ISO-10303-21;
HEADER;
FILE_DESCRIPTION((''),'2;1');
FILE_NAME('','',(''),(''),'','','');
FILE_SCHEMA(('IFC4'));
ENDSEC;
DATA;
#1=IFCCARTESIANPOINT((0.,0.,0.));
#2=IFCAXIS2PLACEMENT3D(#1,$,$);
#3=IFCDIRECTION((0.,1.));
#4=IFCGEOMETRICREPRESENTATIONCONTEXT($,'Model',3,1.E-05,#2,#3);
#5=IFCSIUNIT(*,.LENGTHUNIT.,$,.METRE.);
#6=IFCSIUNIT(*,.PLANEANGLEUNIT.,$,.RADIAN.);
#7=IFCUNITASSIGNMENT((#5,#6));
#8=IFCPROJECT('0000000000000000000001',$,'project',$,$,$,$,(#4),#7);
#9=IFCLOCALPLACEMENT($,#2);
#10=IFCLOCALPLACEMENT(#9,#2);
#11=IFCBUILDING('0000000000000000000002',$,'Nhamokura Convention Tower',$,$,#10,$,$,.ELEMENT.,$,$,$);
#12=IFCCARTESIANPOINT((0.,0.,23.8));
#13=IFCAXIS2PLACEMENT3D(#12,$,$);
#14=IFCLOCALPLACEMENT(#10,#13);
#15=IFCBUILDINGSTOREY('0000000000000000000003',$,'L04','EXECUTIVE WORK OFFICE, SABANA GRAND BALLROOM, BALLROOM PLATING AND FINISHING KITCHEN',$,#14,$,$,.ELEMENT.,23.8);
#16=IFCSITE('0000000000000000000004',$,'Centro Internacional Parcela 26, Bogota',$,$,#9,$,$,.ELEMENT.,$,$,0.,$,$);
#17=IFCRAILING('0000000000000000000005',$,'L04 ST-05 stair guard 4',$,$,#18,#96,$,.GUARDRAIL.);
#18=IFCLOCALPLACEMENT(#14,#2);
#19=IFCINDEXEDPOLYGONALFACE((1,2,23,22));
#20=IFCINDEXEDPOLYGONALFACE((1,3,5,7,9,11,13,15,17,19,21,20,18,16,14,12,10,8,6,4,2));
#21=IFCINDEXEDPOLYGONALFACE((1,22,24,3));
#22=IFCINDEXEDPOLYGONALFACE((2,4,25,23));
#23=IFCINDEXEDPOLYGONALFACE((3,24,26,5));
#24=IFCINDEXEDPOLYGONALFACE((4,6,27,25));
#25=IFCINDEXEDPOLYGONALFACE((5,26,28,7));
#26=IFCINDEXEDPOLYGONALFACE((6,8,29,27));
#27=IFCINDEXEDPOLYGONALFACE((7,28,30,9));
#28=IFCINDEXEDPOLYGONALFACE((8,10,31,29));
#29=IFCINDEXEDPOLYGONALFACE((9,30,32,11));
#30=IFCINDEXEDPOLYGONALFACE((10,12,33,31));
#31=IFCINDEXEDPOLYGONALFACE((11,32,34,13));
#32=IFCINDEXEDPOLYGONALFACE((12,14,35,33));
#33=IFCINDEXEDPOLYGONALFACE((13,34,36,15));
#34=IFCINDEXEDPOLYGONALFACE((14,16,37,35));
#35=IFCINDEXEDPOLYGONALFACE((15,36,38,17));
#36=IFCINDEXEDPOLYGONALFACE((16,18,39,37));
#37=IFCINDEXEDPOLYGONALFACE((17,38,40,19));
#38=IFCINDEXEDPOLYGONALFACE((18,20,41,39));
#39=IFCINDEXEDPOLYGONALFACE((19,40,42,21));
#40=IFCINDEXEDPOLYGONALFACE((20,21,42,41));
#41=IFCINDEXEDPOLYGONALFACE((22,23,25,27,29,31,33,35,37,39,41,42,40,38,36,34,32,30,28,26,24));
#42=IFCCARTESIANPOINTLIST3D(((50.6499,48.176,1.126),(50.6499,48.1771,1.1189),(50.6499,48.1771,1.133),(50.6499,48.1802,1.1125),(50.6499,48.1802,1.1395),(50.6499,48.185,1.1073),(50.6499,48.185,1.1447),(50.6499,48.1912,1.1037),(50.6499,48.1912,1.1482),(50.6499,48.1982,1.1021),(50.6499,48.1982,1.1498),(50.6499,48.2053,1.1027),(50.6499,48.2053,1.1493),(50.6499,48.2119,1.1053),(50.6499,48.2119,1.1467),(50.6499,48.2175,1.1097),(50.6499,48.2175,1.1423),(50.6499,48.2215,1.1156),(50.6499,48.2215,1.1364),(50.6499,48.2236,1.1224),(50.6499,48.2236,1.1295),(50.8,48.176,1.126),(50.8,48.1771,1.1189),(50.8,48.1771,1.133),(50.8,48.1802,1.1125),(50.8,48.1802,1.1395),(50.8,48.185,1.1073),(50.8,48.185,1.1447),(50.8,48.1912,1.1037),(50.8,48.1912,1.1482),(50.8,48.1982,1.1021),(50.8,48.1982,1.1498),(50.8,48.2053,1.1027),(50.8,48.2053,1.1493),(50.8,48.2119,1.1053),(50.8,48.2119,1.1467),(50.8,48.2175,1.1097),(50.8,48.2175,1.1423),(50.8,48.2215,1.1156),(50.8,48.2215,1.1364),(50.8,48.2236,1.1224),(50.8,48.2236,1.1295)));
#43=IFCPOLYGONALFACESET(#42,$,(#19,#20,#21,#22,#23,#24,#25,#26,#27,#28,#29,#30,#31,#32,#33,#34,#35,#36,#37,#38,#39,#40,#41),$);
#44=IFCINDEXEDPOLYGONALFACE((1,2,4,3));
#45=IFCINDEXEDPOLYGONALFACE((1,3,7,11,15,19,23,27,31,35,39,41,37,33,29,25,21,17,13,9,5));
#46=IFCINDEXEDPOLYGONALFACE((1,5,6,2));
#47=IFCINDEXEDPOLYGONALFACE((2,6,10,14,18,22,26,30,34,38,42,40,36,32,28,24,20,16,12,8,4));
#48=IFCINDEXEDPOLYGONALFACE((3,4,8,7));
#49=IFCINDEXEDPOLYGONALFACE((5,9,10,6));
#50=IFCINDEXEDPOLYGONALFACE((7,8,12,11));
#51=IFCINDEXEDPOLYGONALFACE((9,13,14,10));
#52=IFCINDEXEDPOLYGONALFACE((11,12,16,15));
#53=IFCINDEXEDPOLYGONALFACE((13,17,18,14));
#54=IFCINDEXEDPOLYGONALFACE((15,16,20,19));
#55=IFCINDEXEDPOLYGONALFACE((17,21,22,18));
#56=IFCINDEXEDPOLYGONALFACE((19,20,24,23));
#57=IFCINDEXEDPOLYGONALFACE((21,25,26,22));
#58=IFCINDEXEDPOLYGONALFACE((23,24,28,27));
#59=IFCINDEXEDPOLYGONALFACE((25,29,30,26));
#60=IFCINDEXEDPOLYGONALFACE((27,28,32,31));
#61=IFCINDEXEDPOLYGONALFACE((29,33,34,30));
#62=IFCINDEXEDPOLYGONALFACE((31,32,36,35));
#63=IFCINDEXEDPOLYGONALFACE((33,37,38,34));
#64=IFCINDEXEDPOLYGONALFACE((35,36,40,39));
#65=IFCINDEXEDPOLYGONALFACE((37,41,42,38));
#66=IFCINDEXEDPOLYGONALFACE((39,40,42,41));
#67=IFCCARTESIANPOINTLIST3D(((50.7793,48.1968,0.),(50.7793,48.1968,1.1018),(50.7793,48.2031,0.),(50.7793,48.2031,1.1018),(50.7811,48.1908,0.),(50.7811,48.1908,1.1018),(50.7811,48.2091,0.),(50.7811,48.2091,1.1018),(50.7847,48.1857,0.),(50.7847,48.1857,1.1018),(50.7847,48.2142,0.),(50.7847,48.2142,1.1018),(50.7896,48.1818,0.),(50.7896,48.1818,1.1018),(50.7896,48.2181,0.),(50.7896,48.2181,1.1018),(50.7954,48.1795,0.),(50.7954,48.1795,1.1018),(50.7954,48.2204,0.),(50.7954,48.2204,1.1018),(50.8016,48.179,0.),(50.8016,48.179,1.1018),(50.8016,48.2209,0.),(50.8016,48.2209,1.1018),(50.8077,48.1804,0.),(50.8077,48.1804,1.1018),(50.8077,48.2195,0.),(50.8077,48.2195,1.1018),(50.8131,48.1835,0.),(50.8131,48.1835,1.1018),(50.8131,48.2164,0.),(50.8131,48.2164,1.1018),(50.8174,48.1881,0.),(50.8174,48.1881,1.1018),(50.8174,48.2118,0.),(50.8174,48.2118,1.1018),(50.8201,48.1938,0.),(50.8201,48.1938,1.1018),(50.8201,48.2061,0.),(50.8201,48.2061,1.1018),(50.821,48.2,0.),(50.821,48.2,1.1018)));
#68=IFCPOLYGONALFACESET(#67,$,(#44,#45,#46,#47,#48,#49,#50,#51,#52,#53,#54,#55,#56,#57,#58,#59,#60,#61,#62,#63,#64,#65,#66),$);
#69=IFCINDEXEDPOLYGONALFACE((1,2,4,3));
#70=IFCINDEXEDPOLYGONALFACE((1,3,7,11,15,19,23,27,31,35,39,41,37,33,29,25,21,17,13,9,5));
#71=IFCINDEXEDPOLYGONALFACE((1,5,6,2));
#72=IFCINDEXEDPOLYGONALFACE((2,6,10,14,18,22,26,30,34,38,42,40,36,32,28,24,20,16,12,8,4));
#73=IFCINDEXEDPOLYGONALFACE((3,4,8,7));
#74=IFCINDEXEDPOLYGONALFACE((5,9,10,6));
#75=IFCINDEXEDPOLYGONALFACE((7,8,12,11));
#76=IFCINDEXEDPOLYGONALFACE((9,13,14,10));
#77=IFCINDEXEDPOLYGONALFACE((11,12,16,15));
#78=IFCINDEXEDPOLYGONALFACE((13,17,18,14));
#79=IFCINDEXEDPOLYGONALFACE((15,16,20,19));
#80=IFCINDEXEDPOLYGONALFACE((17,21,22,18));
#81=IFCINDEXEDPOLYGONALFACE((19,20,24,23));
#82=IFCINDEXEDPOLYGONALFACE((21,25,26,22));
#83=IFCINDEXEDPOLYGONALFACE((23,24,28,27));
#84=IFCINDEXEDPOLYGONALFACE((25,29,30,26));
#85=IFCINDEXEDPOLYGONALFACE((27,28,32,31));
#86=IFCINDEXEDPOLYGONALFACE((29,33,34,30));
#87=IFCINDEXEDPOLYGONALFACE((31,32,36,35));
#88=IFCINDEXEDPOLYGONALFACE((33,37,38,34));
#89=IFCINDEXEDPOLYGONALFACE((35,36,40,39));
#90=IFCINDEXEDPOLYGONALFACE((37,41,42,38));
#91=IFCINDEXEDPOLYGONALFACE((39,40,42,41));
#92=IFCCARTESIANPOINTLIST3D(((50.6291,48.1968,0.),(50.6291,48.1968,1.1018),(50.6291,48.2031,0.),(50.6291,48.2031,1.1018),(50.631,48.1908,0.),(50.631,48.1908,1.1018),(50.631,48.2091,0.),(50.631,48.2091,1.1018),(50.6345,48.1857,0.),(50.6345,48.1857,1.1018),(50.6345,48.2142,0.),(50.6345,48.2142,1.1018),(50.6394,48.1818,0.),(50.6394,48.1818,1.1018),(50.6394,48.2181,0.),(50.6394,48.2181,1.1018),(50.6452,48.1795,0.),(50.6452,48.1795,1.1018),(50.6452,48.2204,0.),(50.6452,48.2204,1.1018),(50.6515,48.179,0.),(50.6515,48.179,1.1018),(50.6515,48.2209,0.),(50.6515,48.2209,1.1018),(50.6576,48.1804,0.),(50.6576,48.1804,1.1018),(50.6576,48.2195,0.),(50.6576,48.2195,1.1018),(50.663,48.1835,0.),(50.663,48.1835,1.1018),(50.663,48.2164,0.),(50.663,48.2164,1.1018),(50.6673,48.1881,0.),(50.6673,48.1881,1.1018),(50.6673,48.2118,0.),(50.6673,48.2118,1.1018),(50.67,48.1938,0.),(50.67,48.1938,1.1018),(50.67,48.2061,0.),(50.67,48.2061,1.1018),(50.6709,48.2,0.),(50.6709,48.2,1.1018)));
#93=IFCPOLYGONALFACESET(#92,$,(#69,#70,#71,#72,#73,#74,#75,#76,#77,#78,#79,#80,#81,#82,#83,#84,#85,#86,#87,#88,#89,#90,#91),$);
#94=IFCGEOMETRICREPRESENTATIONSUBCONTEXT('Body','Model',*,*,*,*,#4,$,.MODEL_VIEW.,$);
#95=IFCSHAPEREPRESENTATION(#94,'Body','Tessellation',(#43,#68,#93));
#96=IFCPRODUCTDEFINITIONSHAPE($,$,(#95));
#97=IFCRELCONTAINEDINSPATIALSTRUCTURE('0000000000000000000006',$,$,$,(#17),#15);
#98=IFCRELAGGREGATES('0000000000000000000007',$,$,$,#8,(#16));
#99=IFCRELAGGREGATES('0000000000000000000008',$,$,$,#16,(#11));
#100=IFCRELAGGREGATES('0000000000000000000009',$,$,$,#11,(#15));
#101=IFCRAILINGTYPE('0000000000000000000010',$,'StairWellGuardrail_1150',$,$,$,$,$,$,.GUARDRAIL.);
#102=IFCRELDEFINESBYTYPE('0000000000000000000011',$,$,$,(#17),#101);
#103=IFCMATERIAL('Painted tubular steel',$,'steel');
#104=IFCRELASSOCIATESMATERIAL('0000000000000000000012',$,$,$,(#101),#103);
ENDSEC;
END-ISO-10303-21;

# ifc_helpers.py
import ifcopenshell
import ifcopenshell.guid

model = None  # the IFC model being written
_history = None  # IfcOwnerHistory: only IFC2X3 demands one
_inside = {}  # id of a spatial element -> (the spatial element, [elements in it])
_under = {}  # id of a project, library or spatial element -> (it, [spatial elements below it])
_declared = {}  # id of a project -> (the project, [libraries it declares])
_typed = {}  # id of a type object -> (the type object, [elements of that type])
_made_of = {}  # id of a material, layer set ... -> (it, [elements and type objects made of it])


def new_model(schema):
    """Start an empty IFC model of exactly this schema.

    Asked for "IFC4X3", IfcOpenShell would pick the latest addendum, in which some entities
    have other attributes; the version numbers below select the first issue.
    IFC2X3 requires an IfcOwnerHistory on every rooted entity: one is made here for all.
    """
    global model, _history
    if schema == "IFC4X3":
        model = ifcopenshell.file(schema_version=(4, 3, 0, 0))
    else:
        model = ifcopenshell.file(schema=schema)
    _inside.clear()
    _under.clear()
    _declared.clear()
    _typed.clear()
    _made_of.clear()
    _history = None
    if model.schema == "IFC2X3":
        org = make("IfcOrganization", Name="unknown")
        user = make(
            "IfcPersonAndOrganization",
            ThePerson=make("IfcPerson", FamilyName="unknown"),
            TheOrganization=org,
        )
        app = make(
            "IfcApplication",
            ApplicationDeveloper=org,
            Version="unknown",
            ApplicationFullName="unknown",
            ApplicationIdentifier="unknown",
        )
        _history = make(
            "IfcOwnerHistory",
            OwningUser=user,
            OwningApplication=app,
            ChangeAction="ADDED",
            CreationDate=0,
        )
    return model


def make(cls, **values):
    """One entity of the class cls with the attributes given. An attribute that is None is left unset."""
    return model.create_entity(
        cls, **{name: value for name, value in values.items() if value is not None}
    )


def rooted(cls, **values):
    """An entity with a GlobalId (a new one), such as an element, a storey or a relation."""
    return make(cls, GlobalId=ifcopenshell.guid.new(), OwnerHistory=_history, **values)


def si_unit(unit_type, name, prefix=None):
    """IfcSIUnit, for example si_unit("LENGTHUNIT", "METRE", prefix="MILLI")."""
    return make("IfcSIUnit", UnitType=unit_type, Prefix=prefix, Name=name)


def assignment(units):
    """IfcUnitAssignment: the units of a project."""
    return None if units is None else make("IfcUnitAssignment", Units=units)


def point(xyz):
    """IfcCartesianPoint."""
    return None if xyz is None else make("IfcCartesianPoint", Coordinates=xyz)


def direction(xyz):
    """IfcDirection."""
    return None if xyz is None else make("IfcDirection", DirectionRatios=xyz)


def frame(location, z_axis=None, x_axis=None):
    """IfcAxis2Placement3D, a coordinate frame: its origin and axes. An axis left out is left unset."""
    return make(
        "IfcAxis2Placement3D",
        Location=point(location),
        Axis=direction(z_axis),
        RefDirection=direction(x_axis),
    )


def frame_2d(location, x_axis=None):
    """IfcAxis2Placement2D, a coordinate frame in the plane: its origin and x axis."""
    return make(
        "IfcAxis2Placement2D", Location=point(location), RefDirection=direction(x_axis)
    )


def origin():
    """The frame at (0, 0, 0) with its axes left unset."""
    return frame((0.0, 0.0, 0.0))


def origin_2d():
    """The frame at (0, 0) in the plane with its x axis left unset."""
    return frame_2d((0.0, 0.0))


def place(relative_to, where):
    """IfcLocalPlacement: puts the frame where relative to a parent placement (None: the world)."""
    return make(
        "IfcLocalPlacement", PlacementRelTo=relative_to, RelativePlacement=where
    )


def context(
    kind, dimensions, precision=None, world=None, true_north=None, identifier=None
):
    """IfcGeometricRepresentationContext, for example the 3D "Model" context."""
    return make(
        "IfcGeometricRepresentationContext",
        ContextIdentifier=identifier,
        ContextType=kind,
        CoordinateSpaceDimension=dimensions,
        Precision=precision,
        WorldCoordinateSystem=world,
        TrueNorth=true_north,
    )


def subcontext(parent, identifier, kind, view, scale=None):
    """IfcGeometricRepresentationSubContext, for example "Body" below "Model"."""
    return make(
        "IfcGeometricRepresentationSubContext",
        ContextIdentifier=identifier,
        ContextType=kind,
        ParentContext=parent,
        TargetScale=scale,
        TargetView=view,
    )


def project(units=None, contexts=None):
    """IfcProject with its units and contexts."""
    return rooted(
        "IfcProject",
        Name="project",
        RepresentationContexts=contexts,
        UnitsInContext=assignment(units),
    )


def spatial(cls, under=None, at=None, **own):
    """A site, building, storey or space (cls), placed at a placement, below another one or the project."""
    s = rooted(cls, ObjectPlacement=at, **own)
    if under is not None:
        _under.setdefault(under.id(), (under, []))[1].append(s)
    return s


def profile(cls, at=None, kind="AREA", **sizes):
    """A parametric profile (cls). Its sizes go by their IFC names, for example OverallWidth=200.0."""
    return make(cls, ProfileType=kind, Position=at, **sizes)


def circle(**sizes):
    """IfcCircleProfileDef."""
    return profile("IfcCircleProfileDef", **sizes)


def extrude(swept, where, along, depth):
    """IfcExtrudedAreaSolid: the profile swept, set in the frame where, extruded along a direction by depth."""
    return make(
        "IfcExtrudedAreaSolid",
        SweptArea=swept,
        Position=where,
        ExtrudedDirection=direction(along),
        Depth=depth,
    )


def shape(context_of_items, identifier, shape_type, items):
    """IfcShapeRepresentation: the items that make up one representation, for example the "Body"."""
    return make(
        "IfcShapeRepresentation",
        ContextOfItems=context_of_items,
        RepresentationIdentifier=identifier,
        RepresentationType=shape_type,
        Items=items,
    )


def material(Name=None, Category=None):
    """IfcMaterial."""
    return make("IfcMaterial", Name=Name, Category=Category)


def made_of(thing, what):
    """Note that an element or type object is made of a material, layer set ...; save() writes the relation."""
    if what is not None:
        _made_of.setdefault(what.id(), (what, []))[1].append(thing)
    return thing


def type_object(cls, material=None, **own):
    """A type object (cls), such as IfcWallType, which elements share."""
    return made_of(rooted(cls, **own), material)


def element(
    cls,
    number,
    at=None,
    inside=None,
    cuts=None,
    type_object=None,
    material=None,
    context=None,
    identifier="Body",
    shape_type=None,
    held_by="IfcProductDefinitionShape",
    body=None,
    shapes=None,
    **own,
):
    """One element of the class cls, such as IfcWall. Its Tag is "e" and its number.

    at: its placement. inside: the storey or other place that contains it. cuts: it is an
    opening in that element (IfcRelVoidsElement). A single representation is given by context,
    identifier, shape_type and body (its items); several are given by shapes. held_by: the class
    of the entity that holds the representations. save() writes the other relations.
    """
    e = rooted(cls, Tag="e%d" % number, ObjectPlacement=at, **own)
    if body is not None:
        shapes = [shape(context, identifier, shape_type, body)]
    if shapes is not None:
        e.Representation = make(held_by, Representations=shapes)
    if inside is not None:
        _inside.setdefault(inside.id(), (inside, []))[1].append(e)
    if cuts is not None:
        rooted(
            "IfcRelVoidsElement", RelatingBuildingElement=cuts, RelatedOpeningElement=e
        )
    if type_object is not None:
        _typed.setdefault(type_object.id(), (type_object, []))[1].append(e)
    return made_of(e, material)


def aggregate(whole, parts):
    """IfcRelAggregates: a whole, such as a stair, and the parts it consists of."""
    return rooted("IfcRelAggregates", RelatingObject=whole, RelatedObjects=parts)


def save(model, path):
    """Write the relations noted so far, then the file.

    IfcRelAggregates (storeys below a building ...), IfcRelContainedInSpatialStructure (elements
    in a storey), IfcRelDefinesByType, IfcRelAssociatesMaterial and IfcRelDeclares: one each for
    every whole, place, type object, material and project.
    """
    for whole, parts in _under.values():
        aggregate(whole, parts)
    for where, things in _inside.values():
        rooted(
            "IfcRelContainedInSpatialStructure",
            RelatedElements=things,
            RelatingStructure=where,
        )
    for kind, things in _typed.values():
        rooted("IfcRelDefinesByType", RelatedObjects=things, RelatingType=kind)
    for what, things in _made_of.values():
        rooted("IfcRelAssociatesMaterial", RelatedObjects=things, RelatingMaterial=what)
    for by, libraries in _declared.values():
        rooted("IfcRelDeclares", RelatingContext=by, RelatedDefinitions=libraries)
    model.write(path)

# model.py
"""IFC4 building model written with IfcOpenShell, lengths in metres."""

from ifc_helpers import new_model, si_unit, direction, frame, origin, origin_2d, place, context, subcontext, project, spatial, circle, extrude, material, type_object, element, save


model = new_model("IFC4")

# Units and contexts
model_context = context("Model", 3, precision=1e-05, world=origin(), true_north=direction((0.0, 1.0)))
body_context = subcontext(model_context, "Body", "Model", "MODEL_VIEW")
ifc_project = project(units=[si_unit("LENGTHUNIT", "METRE"), si_unit("PLANEANGLEUNIT", "RADIAN")], contexts=[model_context])

# Site, building, storey
site_placement = place(None, origin())
site = spatial("IfcSite", under=ifc_project, at=site_placement, Name="Centro Internacional Parcela 26, Bogota", CompositionType="ELEMENT", RefElevation=0.0)
building_placement = place(site_placement, origin())
building = spatial("IfcBuilding", under=site, at=building_placement, Name="Nhamokura Convention Tower", CompositionType="ELEMENT")
storey_placement = place(building_placement, frame((0.0, 0.0, 23.8)))
storey = spatial("IfcBuildingStorey", under=building, at=storey_placement, Name="L04", Description="EXECUTIVE WORK OFFICE, SABANA GRAND BALLROOM, BALLROOM PLATING AND FINISHING KITCHEN", CompositionType="ELEMENT", Elevation=23.8)

# Railing
ifc_material_1 = material(Name="Painted tubular steel", Category="steel")
railing_type_1 = type_object("IfcRailingType", Name="StairWellGuardrail_1150", PredefinedType="GUARDRAIL", material=ifc_material_1)
railing_1_placement = place(storey_placement, frame((50.8, 48.2, 0.0)))
element("IfcRailing", 1, at=railing_1_placement, inside=storey, type_object=railing_type_1, Name="L04 ST-05 stair guard 4", PredefinedType="GUARDRAIL", context=body_context, shape_type="SweptSolid", body=[
    extrude(circle(Radius=0.0239, at=origin_2d()), frame((0.0, 0.0, 1.126), z_axis=(-1.0, 0.0, 0.0), x_axis=(0.0, -1.0, 0.0)), (0.0, 0.0, 1.0), 0.1501),
    extrude(circle(Radius=0.021, at=origin_2d()), origin(), (0.0, 0.0, 1.0), 1.1018),
    extrude(circle(Radius=0.021, at=origin_2d()), frame((-0.1501, 0.0, 0.0)), (0.0, 0.0, 1.0), 1.1018),
])

save(model, "model.ifc")
